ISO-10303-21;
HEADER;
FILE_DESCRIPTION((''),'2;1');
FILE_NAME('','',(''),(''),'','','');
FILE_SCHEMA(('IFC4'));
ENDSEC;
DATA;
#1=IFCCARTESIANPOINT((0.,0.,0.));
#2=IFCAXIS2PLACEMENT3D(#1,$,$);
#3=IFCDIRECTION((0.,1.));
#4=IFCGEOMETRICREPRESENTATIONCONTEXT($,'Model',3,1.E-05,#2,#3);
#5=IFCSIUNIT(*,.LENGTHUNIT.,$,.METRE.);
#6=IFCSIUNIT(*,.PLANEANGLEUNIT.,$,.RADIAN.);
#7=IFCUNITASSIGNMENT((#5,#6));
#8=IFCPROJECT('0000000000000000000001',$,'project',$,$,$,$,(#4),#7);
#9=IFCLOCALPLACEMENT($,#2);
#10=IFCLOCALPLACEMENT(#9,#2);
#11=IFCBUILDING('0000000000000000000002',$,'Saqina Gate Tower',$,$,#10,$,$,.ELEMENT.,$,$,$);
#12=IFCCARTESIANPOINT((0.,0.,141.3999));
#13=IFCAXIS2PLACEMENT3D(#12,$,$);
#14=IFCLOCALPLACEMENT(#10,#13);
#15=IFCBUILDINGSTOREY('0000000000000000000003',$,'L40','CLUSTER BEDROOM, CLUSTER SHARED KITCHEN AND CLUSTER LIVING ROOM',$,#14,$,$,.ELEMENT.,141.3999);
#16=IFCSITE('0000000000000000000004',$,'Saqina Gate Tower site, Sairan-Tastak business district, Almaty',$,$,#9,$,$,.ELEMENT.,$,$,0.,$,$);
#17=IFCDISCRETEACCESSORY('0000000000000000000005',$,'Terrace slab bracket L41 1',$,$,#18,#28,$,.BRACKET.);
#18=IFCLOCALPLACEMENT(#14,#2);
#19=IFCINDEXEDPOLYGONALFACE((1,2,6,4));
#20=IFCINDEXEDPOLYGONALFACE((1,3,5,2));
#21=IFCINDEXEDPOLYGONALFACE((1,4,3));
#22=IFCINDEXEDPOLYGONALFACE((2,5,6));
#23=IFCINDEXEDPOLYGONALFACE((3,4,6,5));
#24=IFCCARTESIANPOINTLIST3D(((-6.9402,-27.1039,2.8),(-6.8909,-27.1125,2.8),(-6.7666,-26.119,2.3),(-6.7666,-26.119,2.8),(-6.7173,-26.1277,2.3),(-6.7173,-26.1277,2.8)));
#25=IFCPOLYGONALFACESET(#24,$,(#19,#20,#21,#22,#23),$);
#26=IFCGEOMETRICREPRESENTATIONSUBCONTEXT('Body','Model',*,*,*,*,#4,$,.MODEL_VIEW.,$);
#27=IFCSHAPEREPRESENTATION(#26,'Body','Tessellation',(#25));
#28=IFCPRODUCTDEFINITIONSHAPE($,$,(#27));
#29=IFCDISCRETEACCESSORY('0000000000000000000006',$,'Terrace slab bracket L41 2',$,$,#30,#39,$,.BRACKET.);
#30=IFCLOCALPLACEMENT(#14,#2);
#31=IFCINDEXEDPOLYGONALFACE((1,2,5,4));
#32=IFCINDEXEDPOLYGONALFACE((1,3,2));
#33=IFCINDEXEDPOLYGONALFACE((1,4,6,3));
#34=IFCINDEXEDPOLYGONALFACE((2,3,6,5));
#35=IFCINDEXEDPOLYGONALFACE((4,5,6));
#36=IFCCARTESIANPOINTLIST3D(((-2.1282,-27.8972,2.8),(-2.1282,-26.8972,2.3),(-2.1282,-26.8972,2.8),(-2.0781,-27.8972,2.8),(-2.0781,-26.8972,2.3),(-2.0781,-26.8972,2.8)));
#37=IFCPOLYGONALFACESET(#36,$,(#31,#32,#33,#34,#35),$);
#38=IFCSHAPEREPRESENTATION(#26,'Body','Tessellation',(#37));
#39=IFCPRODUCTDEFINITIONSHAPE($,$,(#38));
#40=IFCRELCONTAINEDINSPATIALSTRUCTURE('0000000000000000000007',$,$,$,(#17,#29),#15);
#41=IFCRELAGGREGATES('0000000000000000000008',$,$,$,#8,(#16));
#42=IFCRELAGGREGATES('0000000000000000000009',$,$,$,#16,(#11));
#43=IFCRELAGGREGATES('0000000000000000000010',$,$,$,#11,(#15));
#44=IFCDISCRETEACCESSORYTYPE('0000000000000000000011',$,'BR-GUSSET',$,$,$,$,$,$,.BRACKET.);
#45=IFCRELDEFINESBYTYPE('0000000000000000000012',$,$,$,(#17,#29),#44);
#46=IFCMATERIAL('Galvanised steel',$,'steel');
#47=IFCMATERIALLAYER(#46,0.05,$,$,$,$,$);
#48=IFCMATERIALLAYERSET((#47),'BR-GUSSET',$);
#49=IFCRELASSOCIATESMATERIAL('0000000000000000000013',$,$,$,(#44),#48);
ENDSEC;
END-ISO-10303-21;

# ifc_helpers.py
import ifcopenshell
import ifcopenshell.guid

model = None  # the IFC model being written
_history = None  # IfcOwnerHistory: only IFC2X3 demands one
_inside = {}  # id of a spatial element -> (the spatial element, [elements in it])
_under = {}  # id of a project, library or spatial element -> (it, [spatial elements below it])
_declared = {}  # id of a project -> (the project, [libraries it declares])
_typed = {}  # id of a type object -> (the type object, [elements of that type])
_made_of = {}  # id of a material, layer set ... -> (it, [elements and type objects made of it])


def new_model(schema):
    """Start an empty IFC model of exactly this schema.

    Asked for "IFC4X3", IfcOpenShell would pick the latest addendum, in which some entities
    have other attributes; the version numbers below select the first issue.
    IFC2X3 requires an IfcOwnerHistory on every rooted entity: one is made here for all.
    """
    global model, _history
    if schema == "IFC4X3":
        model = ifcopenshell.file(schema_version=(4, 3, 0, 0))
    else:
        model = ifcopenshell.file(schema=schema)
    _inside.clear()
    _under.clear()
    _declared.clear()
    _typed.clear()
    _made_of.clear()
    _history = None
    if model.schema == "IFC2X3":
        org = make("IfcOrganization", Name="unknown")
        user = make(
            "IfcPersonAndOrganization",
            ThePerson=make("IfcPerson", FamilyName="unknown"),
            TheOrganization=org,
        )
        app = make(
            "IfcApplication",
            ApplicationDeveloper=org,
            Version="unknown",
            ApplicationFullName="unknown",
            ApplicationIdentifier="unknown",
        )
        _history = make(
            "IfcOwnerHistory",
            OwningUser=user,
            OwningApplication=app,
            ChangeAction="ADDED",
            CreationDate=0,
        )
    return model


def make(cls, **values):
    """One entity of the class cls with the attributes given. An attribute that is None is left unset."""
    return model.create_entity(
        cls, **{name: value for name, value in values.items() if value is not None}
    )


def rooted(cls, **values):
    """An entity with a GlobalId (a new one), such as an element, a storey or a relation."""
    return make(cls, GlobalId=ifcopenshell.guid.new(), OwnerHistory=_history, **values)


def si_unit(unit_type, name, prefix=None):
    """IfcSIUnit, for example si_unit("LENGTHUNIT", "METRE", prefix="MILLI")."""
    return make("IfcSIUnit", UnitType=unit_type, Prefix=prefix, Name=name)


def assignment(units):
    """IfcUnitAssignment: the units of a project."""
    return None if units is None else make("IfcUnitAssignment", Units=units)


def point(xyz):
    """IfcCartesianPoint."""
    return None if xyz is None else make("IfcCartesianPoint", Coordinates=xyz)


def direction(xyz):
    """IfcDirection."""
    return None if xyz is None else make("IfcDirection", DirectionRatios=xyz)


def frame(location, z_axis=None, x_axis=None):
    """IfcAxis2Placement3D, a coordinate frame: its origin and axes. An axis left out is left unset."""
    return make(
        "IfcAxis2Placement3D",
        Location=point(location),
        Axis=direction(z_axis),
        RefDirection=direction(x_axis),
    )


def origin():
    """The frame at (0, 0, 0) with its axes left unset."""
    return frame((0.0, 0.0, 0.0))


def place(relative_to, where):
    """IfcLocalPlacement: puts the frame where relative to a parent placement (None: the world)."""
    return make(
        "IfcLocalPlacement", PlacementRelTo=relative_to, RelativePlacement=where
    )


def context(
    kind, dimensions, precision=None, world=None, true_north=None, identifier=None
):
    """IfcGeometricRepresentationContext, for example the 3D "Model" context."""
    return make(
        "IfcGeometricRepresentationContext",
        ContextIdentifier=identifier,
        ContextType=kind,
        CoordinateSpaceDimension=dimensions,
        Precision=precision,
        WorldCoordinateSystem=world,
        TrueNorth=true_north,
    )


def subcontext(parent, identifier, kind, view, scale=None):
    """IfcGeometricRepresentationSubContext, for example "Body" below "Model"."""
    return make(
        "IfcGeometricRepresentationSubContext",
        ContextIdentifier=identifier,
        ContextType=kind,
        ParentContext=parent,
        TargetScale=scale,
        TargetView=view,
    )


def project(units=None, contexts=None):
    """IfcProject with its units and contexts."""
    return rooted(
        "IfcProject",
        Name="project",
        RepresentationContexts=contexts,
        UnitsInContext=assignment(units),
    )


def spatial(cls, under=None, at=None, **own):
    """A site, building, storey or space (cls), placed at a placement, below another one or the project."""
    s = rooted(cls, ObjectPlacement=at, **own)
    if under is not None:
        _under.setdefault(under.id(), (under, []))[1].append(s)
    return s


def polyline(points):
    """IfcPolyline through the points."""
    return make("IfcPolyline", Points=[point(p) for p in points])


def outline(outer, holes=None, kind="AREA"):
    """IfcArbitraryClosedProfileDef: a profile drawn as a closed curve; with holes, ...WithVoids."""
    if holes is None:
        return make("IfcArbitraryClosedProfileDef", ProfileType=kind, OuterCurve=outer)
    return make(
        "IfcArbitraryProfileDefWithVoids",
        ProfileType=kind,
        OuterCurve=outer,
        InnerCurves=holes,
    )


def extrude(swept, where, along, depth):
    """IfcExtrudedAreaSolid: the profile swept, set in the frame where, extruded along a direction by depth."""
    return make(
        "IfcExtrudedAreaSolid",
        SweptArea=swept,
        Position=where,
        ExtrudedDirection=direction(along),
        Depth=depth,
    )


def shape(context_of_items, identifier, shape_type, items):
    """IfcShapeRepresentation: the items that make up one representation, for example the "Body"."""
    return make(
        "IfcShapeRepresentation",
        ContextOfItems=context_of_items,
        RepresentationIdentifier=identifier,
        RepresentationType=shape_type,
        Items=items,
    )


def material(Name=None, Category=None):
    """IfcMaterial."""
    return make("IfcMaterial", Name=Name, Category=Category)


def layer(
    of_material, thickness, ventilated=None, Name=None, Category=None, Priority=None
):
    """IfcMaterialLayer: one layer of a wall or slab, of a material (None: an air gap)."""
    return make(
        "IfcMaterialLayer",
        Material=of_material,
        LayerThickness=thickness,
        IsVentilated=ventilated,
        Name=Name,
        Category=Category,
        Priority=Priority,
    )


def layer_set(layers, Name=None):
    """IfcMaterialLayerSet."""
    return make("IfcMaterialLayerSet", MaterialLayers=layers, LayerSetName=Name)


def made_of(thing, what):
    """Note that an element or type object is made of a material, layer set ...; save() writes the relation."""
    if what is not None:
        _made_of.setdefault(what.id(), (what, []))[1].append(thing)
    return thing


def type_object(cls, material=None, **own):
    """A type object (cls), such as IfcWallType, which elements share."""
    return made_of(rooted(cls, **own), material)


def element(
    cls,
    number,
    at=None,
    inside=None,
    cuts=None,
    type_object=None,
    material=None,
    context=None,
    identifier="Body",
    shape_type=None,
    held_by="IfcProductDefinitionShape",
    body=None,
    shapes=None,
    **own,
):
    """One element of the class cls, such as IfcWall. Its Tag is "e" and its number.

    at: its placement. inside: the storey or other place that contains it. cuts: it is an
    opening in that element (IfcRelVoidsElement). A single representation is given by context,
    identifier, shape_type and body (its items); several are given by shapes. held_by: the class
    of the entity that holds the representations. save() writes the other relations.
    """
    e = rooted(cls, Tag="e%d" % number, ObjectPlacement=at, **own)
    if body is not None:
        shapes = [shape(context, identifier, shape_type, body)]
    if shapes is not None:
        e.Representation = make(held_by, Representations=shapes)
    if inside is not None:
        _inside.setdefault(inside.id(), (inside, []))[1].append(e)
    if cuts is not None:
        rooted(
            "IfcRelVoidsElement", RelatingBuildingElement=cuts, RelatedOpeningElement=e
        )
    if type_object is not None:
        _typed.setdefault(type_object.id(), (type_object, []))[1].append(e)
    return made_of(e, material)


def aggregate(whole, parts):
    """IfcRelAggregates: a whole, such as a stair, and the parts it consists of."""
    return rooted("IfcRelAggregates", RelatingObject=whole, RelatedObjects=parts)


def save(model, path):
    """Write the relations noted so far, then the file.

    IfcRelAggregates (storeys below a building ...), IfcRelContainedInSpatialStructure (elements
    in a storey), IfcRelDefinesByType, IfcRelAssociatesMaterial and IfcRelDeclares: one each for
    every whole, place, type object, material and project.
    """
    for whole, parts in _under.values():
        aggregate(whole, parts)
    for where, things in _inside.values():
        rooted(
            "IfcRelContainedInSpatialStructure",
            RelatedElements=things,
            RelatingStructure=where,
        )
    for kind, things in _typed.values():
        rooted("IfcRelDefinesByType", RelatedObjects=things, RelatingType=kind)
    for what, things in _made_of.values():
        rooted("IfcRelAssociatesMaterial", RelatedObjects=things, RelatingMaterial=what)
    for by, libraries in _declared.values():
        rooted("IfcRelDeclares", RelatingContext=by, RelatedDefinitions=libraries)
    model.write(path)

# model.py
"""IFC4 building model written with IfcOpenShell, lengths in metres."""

from ifc_helpers import new_model, si_unit, direction, frame, origin, place, context, subcontext, project, spatial, polyline, outline, extrude, material, layer, layer_set, type_object, element, save


model = new_model("IFC4")

# Units and contexts
model_context = context("Model", 3, precision=1e-05, world=origin(), true_north=direction((0.0, 1.0)))
body_context = subcontext(model_context, "Body", "Model", "MODEL_VIEW")
ifc_project = project(units=[si_unit("LENGTHUNIT", "METRE"), si_unit("PLANEANGLEUNIT", "RADIAN")], contexts=[model_context])

# Site, building, storey
site_placement = place(None, origin())
site = spatial("IfcSite", under=ifc_project, at=site_placement, Name="Saqina Gate Tower site, Sairan-Tastak business district, Almaty", CompositionType="ELEMENT", RefElevation=0.0)
building_placement = place(site_placement, origin())
building = spatial("IfcBuilding", under=site, at=building_placement, Name="Saqina Gate Tower", CompositionType="ELEMENT")
storey_placement = place(building_placement, frame((0.0, 0.0, 141.3999)))
storey = spatial("IfcBuildingStorey", under=building, at=storey_placement, Name="L40", Description="CLUSTER BEDROOM, CLUSTER SHARED KITCHEN AND CLUSTER LIVING ROOM", CompositionType="ELEMENT", Elevation=141.3999)

# Discrete accessories
ifc_material_1 = material(Name="Galvanised steel", Category="steel")
ifc_layer_1 = layer(ifc_material_1, 0.05)
ifc_layer_set_1 = layer_set([ifc_layer_1], Name="BR-GUSSET")
discrete_accessory_type_1 = type_object("IfcDiscreteAccessoryType", Name="BR-GUSSET", PredefinedType="BRACKET", material=ifc_layer_set_1)
discrete_accessory_1_placement = place(storey_placement, frame((-6.7173, -26.1277, 2.3), z_axis=(0.98482, -0.173576, 0.0), x_axis=(0.0, 0.0, 1.0)))
element("IfcDiscreteAccessory", 1, at=discrete_accessory_1_placement, inside=storey, type_object=discrete_accessory_type_1, Name="Terrace slab bracket L41 1", PredefinedType="BRACKET", context=body_context, shape_type="SweptSolid", body=[
    extrude(outline(polyline([(0.0, 0.0), (0.5, 0.0), (0.5, 1.0), (0.0, 0.0)])), origin(), (0.0, 0.0, -1.0), 0.05),
])
discrete_accessory_2_placement = place(storey_placement, frame((-2.0781, -26.8972, 2.3), z_axis=(1.0, 0.0, 0.0), x_axis=(0.0, 0.0, 1.0)))
element("IfcDiscreteAccessory", 2, at=discrete_accessory_2_placement, inside=storey, type_object=discrete_accessory_type_1, Name="Terrace slab bracket L41 2", PredefinedType="BRACKET", context=body_context, shape_type="SweptSolid", body=[
    extrude(outline(polyline([(0.0, 0.0), (0.5, 0.0), (0.5, 1.0), (0.0, 0.0)])), origin(), (0.0, 0.0, -1.0), 0.05),
])

save(model, "model.ifc")
